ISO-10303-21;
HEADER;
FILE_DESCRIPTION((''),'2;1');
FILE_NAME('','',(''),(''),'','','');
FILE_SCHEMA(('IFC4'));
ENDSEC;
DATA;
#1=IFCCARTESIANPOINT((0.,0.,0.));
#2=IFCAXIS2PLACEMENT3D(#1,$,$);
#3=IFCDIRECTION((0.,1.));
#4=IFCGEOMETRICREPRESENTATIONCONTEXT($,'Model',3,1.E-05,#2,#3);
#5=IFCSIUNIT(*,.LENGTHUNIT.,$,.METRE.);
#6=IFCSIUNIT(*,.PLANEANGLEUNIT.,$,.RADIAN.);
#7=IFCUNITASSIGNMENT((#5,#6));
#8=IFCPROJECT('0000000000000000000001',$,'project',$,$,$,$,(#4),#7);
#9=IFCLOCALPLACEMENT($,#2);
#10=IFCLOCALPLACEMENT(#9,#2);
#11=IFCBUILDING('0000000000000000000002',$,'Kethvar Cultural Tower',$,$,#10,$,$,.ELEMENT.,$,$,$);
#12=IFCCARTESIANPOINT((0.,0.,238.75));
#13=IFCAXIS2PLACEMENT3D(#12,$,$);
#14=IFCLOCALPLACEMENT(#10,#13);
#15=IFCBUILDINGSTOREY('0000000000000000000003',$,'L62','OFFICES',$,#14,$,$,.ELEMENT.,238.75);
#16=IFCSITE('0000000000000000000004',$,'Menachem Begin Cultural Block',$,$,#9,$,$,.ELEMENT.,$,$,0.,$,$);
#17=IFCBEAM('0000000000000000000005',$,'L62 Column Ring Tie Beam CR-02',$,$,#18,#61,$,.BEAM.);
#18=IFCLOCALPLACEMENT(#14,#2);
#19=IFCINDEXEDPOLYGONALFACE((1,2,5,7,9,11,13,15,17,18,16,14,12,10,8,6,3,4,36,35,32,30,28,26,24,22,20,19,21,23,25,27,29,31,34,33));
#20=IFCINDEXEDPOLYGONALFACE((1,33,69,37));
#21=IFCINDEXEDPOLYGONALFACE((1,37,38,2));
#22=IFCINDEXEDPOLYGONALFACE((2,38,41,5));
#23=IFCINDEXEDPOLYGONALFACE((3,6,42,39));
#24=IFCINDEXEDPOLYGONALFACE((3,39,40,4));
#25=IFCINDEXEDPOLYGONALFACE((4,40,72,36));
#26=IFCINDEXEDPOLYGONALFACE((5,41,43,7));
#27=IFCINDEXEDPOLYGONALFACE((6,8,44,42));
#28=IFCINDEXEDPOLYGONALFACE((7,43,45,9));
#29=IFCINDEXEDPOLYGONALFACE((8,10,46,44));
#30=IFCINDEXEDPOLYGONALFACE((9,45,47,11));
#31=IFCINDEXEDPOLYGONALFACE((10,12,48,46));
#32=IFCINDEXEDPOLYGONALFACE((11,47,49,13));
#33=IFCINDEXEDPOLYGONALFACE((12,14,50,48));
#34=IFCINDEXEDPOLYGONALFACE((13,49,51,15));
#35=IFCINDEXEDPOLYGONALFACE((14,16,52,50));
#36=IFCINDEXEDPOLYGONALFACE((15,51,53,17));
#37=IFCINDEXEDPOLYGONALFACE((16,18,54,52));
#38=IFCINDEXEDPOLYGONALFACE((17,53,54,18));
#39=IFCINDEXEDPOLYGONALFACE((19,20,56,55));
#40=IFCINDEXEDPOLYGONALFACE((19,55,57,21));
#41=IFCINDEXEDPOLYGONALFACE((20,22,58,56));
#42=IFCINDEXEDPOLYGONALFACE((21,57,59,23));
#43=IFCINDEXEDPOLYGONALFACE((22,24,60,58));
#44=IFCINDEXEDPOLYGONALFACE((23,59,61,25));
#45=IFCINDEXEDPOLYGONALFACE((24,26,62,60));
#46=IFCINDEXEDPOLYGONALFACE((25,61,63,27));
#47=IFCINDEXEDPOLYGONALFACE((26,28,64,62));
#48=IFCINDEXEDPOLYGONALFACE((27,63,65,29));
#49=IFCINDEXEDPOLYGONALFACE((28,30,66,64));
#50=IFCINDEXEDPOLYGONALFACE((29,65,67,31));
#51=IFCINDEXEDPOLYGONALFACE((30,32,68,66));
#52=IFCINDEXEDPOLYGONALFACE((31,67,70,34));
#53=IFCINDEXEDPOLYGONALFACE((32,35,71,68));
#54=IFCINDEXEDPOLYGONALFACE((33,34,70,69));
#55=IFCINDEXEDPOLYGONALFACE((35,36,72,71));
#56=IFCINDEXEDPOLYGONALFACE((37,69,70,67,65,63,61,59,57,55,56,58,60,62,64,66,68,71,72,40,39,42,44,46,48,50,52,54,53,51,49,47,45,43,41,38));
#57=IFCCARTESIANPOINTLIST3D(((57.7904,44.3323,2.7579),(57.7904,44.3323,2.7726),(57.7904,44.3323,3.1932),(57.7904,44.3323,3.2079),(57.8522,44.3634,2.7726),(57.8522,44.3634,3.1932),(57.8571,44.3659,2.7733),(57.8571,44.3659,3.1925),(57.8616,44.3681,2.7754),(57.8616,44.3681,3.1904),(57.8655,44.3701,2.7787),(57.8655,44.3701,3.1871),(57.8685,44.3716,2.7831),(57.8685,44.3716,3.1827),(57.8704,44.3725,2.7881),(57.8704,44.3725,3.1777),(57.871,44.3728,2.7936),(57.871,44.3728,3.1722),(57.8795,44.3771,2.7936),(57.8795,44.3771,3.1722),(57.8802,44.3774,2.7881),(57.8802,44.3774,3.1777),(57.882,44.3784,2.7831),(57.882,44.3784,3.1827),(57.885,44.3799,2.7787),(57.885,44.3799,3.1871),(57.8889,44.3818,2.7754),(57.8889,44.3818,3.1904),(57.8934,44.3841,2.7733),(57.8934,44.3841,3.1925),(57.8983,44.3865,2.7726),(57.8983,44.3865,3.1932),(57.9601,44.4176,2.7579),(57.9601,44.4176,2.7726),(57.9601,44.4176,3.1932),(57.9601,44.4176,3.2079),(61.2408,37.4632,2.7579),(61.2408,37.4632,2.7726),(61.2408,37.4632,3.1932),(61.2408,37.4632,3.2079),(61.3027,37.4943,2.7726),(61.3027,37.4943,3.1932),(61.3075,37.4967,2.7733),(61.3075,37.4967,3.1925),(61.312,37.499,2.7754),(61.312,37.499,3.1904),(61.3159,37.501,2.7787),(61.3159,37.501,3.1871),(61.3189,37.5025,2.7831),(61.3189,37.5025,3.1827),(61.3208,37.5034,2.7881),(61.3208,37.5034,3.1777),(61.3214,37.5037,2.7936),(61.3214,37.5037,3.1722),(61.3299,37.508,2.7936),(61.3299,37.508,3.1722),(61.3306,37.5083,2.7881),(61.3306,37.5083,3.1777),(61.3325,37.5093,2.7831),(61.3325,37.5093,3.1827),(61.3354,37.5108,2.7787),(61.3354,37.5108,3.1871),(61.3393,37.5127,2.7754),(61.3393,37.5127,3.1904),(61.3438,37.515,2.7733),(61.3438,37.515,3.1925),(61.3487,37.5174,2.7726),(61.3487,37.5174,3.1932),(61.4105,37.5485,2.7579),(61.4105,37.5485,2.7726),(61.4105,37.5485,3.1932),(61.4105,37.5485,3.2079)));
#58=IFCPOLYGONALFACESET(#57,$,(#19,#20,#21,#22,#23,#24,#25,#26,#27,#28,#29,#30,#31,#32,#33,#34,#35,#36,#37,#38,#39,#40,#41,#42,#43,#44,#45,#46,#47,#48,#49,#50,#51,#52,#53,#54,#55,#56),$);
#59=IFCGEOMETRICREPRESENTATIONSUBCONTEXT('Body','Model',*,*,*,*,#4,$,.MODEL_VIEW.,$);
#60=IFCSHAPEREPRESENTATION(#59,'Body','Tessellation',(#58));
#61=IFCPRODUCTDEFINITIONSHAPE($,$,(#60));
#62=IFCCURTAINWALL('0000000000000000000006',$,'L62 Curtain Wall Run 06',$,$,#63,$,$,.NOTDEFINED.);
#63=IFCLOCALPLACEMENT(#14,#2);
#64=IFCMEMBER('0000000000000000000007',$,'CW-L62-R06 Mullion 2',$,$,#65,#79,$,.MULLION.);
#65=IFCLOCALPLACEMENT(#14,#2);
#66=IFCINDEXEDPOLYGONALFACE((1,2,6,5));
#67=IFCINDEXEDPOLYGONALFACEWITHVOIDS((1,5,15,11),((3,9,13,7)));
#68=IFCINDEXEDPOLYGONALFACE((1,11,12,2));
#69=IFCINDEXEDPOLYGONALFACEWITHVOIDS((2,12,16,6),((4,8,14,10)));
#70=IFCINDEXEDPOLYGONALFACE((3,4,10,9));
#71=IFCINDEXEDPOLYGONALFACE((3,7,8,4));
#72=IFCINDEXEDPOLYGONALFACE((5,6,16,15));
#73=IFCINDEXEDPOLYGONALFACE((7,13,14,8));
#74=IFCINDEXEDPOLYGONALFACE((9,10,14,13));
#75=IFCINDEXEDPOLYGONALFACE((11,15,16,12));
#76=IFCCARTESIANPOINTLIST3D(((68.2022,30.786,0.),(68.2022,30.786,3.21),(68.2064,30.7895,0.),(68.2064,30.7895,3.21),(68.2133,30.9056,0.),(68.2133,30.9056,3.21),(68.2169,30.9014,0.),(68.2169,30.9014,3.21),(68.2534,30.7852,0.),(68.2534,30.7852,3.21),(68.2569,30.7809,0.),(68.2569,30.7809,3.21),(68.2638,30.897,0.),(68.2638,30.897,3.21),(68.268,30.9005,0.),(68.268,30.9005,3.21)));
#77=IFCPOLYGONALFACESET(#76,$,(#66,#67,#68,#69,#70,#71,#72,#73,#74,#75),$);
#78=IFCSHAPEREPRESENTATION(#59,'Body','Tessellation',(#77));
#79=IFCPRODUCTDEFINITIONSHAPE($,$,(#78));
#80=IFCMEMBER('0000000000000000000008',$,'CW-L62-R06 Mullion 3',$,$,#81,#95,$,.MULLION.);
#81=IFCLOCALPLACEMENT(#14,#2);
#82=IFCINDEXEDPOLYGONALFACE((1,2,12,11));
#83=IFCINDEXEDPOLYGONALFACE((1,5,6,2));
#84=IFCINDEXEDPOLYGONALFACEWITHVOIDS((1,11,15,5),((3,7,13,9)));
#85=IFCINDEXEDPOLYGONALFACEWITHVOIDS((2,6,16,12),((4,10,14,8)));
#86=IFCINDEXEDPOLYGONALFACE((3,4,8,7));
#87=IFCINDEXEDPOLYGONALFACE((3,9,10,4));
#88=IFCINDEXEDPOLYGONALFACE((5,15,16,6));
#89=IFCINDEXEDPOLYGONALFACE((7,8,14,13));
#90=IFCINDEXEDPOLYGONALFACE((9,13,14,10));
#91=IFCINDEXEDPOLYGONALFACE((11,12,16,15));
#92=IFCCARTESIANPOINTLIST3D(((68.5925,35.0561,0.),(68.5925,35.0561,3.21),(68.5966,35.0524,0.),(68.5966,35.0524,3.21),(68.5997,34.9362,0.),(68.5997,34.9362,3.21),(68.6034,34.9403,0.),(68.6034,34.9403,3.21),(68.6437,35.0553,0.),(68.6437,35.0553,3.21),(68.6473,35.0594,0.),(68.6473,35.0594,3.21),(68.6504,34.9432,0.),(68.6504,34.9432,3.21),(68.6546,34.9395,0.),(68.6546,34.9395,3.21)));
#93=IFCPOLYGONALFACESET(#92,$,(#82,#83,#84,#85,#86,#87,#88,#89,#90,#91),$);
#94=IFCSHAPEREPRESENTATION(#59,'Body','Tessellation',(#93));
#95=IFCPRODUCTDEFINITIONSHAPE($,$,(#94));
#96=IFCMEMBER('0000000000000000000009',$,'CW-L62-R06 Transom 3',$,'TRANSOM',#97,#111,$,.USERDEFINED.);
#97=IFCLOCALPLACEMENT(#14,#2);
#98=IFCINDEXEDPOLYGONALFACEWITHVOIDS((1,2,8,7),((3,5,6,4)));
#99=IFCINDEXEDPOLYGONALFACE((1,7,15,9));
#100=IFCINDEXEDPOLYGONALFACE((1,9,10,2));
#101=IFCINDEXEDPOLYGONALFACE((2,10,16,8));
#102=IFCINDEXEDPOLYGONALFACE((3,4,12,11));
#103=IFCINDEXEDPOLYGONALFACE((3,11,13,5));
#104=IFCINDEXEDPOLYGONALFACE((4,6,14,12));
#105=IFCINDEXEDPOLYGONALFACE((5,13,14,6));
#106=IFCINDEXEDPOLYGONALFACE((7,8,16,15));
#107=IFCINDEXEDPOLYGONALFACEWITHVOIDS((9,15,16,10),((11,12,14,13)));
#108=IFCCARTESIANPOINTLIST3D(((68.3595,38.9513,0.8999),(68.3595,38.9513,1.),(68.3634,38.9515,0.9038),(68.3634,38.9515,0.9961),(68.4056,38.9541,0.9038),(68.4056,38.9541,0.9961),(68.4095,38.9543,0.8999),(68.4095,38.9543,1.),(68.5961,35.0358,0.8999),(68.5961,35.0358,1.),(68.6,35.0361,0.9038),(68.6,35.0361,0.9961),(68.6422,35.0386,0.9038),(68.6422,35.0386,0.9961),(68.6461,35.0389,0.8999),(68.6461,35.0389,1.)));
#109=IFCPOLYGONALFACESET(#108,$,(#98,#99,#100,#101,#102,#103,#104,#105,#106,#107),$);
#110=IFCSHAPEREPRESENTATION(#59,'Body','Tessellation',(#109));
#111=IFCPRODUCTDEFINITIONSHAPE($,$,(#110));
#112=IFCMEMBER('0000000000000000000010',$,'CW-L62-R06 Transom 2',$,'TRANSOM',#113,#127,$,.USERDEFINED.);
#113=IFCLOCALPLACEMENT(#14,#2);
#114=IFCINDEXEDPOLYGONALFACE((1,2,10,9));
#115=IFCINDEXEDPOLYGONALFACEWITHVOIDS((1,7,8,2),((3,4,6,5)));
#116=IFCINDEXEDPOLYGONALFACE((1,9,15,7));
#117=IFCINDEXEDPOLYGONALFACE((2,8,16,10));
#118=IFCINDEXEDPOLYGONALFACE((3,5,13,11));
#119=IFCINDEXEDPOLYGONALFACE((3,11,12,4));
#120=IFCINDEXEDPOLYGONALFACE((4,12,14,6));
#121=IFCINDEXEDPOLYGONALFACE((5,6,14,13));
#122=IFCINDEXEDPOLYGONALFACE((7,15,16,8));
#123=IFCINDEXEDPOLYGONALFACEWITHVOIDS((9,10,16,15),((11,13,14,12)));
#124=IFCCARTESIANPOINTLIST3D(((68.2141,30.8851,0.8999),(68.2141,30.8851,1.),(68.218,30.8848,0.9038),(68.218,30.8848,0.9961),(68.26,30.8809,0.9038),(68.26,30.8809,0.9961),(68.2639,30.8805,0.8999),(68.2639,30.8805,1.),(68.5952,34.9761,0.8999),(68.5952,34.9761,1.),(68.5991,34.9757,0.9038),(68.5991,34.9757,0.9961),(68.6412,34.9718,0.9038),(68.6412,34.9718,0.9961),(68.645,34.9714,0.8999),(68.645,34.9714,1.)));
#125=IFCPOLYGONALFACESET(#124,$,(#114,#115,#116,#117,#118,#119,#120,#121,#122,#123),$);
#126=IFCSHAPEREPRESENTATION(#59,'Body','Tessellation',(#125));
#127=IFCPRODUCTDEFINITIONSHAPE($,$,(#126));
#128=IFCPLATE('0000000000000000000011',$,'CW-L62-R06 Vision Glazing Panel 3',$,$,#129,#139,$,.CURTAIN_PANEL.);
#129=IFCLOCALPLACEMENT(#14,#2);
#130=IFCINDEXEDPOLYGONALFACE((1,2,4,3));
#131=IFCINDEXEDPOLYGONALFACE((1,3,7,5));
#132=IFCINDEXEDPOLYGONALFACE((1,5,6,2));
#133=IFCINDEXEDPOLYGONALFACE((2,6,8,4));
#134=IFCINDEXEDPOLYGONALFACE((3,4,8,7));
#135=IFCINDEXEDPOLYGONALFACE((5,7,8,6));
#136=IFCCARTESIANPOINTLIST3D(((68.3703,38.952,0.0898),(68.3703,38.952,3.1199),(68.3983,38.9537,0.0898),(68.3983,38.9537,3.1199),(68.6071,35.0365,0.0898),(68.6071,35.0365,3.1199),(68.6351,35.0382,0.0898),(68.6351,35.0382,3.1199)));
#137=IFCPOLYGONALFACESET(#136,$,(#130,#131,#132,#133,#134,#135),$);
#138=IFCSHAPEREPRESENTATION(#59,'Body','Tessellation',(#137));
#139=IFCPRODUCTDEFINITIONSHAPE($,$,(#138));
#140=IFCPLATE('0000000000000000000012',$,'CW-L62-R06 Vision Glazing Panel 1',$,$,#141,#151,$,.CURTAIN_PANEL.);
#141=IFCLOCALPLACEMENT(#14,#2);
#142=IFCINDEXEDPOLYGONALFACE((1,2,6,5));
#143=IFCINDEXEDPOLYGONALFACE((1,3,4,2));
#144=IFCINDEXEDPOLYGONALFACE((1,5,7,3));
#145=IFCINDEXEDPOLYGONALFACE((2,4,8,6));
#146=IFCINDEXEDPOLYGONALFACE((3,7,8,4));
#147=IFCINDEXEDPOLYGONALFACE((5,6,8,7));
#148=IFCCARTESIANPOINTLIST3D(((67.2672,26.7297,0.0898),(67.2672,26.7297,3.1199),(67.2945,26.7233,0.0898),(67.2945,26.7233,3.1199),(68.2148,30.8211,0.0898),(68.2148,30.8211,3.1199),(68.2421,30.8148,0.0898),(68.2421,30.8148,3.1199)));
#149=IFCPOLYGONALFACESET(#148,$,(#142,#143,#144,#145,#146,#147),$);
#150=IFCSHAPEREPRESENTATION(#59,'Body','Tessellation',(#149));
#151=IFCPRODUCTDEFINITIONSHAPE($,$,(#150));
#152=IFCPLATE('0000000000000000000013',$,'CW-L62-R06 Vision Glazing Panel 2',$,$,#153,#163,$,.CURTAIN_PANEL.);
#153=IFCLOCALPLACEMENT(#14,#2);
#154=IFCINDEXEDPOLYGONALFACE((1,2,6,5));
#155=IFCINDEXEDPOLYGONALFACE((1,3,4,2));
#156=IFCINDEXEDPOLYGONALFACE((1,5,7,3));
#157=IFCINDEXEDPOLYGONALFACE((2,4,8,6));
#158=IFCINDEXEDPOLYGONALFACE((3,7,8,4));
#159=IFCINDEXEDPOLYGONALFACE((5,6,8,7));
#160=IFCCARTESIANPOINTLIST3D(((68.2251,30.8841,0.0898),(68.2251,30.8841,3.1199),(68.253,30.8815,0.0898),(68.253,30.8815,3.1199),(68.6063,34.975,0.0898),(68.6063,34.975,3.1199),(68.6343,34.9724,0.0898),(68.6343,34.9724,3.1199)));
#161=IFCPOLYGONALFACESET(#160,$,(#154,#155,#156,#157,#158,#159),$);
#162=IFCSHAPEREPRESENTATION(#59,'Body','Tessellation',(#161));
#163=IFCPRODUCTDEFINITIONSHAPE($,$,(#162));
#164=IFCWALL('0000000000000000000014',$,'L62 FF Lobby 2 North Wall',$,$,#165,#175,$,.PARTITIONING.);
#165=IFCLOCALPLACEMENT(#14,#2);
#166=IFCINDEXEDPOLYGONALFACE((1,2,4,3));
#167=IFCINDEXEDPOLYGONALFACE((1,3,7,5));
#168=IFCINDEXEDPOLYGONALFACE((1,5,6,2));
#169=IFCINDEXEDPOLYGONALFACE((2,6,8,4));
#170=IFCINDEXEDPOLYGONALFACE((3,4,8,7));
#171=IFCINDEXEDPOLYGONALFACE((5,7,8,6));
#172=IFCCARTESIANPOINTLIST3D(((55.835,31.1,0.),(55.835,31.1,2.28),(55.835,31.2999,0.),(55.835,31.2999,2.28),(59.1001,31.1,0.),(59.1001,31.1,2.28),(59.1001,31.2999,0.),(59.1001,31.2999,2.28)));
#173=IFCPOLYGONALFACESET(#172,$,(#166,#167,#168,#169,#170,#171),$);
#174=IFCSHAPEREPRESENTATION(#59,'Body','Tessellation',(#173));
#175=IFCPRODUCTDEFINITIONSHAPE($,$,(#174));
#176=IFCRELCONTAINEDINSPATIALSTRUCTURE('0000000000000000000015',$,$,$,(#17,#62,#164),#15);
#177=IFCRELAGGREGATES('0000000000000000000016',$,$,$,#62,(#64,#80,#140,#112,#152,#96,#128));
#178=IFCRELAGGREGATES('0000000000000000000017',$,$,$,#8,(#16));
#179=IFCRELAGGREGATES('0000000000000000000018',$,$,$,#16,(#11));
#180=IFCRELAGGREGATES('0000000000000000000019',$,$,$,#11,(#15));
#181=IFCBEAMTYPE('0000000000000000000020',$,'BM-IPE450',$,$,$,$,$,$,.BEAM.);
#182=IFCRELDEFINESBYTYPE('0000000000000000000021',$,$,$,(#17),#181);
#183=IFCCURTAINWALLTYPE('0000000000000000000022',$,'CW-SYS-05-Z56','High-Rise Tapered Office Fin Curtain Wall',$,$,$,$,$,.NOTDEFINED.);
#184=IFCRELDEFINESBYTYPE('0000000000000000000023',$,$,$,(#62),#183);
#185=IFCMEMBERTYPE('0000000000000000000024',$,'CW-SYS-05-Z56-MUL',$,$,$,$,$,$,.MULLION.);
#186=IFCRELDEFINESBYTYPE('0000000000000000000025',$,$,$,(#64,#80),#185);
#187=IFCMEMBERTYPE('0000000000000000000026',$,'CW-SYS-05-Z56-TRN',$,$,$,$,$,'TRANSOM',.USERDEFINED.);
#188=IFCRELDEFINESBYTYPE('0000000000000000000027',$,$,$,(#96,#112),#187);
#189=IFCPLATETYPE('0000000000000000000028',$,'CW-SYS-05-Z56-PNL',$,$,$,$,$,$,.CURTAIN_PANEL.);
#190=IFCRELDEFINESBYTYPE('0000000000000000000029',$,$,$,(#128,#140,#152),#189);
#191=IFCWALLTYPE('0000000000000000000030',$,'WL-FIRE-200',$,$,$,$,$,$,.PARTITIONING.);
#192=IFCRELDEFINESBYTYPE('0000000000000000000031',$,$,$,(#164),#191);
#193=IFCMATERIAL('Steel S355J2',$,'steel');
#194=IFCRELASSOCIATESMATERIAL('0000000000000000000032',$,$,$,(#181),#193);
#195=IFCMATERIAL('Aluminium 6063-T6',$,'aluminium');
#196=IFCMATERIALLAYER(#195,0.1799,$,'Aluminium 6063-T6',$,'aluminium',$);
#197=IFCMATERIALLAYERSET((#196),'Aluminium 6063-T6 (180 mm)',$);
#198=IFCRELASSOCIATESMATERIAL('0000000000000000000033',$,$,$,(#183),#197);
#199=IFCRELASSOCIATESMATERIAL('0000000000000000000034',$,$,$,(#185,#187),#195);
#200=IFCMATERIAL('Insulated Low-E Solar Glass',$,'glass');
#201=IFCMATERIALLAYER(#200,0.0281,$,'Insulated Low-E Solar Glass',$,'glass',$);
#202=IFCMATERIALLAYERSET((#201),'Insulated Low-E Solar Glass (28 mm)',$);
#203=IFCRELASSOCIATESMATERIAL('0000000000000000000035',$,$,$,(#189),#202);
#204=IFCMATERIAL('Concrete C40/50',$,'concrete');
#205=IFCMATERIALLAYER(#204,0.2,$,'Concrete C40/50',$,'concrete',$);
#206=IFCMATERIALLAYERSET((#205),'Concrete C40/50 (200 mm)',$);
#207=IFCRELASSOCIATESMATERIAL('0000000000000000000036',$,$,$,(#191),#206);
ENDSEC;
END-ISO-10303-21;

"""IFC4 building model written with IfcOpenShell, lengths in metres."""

from ifc_helpers import new_model, si_unit, direction, frame, frame_2d, origin, origin_2d, place, context, subcontext, project, spatial, rectangle, hollow_rectangle, i_section, extrude, source, transform, mapped, material, layer, layer_set, material_profile, profile_set, type_object, element, aggregate, save


model = new_model("IFC4")

# Units and contexts
model_context = context("Model", 3, precision=1e-05, world=origin(), true_north=direction((0.0, 1.0)))
body_context = subcontext(model_context, "Body", "Model", "MODEL_VIEW")
ifc_project = project(units=[si_unit("LENGTHUNIT", "METRE"), si_unit("PLANEANGLEUNIT", "RADIAN")], contexts=[model_context])

# Site, building, storey
site_placement = place(None, origin())
site = spatial("IfcSite", under=ifc_project, at=site_placement, Name="Menachem Begin Cultural Block", CompositionType="ELEMENT", RefElevation=0.0)
building_placement = place(site_placement, origin())
building = spatial("IfcBuilding", under=site, at=building_placement, Name="Kethvar Cultural Tower", CompositionType="ELEMENT")
storey_placement = place(building_placement, frame((0.0, 0.0, 238.75)))
storey = spatial("IfcBuildingStorey", under=building, at=storey_placement, Name="L62", Description="OFFICES", CompositionType="ELEMENT", Elevation=238.75)

# Beam
ifc_material_1 = material(Name="Steel S355J2", Category="steel")
ifc_material_profile_1 = material_profile(ifc_material_1, i_section(OverallWidth=0.1899, OverallDepth=0.45, WebThickness=0.0095, FlangeThickness=0.0146, FilletRadius=0.021, at=origin_2d()), Name="Steel S355J2 — IPE450")
ifc_profile_set_1 = profile_set([ifc_material_profile_1], Name="Steel S355J2 — IPE450")
beam_type_1 = type_object("IfcBeamType", Name="BM-IPE450", PredefinedType="BEAM", material=ifc_profile_set_1)
shared_shape_1 = source(origin(), body_context, "Body", "SweptSolid", [
    extrude(i_section(OverallWidth=0.1899, OverallDepth=0.45, WebThickness=0.0095, FlangeThickness=0.0146, FilletRadius=0.021, at=origin_2d()), origin(), (0.0, 0.0, 1.0), 7.687),
])
beam_1_placement = place(storey_placement, frame((61.3257, 37.5059, 2.9829), z_axis=(-0.448864, 0.8936, 0.0), x_axis=(-0.8936, -0.448864, 0.0)))
element("IfcBeam", 1, at=beam_1_placement, inside=storey, type_object=beam_type_1, Name="L62 Column Ring Tie Beam CR-02", PredefinedType="BEAM", context=body_context, shape_type="MappedRepresentation", body=[
    mapped(shared_shape_1, transform((0.0, 0.0, 0.0), scale=1.0)),
])

# Curtain wall, members, plates
ifc_material_2 = material(Name="Aluminium 6063-T6", Category="aluminium")
ifc_layer_1 = layer(ifc_material_2, 0.1799, Name="Aluminium 6063-T6", Category="aluminium")
ifc_layer_set_1 = layer_set([ifc_layer_1], Name="Aluminium 6063-T6 (180 mm)")
curtain_wall_type = type_object("IfcCurtainWallType", Name="CW-SYS-05-Z56", Description="High-Rise Tapered Office Fin Curtain Wall", PredefinedType="NOTDEFINED", material=ifc_layer_set_1)
curtain_wall_placement = place(storey_placement, origin())
curtain_wall = element("IfcCurtainWall", 2, at=curtain_wall_placement, inside=storey, type_object=curtain_wall_type, Name="L62 Curtain Wall Run 06", PredefinedType="NOTDEFINED")
ifc_material_profile_2 = material_profile(ifc_material_2, hollow_rectangle(XDim=0.0549, YDim=0.1201, WallThickness=0.0039, at=origin_2d()), Name="Aluminium 6063-T6 — RHS120x55x4")
ifc_profile_set_2 = profile_set([ifc_material_profile_2], Name="Aluminium 6063-T6 — RHS120x55x4")
member_type_1 = type_object("IfcMemberType", Name="CW-SYS-05-Z56-MUL", PredefinedType="MULLION", material=ifc_profile_set_2)
shared_shape_2 = source(origin(), body_context, "Body", "SweptSolid", [
    extrude(hollow_rectangle(XDim=0.0549, YDim=0.1201, WallThickness=0.0039, at=origin_2d()), origin(), (0.0, 0.0, 1.0), 3.21),
])
member_1_placement = place(storey_placement, frame((68.2351, 30.8433, 0.0), z_axis=(0.0, 0.0, 1.0), x_axis=(-0.995686, 0.092788, 0.0)))
member_1 = element("IfcMember", 3, at=member_1_placement, type_object=member_type_1, Name="CW-L62-R06 Mullion 2", PredefinedType="MULLION", context=body_context, shape_type="MappedRepresentation", body=[
    mapped(shared_shape_2, transform((0.0, 0.0, 0.0), scale=1.0)),
])
member_2_placement = place(storey_placement, frame((68.6235, 34.9978, 0.0), z_axis=(0.0, 0.0, 1.0), x_axis=(-0.998176, -0.060369, 0.0)))
member_2 = element("IfcMember", 4, at=member_2_placement, type_object=member_type_1, Name="CW-L62-R06 Mullion 3", PredefinedType="MULLION", context=body_context, shape_type="MappedRepresentation", body=[
    mapped(shared_shape_2, transform((0.0, 0.0, 0.0), scale=1.0)),
])
ifc_material_profile_3 = material_profile(ifc_material_2, hollow_rectangle(XDim=0.05, YDim=0.1001, WallThickness=0.0039, at=origin_2d()), Name="Aluminium 6063-T6 — RHS100x50x4")
ifc_profile_set_3 = profile_set([ifc_material_profile_3], Name="Aluminium 6063-T6 — RHS100x50x4")
member_type_2 = type_object("IfcMemberType", Name="CW-SYS-05-Z56-TRN", ElementType="TRANSOM", PredefinedType="USERDEFINED", material=ifc_profile_set_3)
shared_shape_3 = source(origin(), body_context, "Body", "SweptSolid", [
    extrude(hollow_rectangle(XDim=0.05, YDim=0.1001, WallThickness=0.0039, at=origin_2d()), origin(), (0.0, 0.0, 1.0), 3.9226),
])
member_3_placement = place(storey_placement, frame((68.6211, 35.0374, 0.95), z_axis=(-0.060309, 0.99818, 0.0), x_axis=(-0.99818, -0.060309, 0.0)))
member_3 = element("IfcMember", 5, at=member_3_placement, type_object=member_type_2, Name="CW-L62-R06 Transom 3", ObjectType="TRANSOM", PredefinedType="USERDEFINED", context=body_context, shape_type="MappedRepresentation", body=[
    mapped(shared_shape_3, transform((0.0, 0.0, 0.0), scale=1.0)),
])
shared_shape_4 = source(origin(), body_context, "Body", "SweptSolid", [
    extrude(hollow_rectangle(XDim=0.05, YDim=0.1001, WallThickness=0.0039, at=origin_2d()), origin(), (0.0, 0.0, 1.0), 4.1086),
])
member_4_placement = place(storey_placement, frame((68.239, 30.8828, 0.95), z_axis=(0.092759, 0.995689, 0.0), x_axis=(-0.995689, 0.092759, 0.0)))
member_4 = element("IfcMember", 6, at=member_4_placement, type_object=member_type_2, Name="CW-L62-R06 Transom 2", ObjectType="TRANSOM", PredefinedType="USERDEFINED", context=body_context, shape_type="MappedRepresentation", body=[
    mapped(shared_shape_4, transform((0.0, 0.0, 0.0), scale=1.0)),
])
ifc_material_3 = material(Name="Insulated Low-E Solar Glass", Category="glass")
ifc_layer_2 = layer(ifc_material_3, 0.0281, Name="Insulated Low-E Solar Glass", Category="glass")
ifc_layer_set_2 = layer_set([ifc_layer_2], Name="Insulated Low-E Solar Glass (28 mm)")
plate_type = type_object("IfcPlateType", Name="CW-SYS-05-Z56-PNL", PredefinedType="CURTAIN_PANEL", material=ifc_layer_set_2)
shared_shape_5 = source(origin(), body_context, "Body", "SweptSolid", [
    extrude(rectangle(XDim=3.9226, YDim=0.0281, at=origin_2d()), origin(), (0.0, 0.0, 1.0), 3.03),
])
plate_1_placement = place(storey_placement, frame((68.5027, 36.9951, 0.0898), z_axis=(0.0, 0.0, 1.0), x_axis=(-0.060369, 0.998176, 0.0)))
plate_1 = element("IfcPlate", 7, at=plate_1_placement, type_object=plate_type, Name="CW-L62-R06 Vision Glazing Panel 3", PredefinedType="CURTAIN_PANEL", context=body_context, shape_type="MappedRepresentation", body=[
    mapped(shared_shape_5, transform((0.0, 0.0, 0.0), scale=1.0)),
])
shared_shape_6 = source(origin(), body_context, "Body", "SweptSolid", [
    extrude(rectangle(XDim=4.1997, YDim=0.0281, at=origin_2d()), origin(), (0.0, 0.0, 1.0), 3.03),
])
plate_2_placement = place(storey_placement, frame((67.7546, 28.7722, 0.0898), z_axis=(0.0, 0.0, 1.0), x_axis=(0.225631, 0.974213, 0.0)))
plate_2 = element("IfcPlate", 8, at=plate_2_placement, type_object=plate_type, Name="CW-L62-R06 Vision Glazing Panel 1", PredefinedType="CURTAIN_PANEL", context=body_context, shape_type="MappedRepresentation", body=[
    mapped(shared_shape_6, transform((0.0, 0.0, 0.0), scale=1.0)),
])
shared_shape_7 = source(origin(), body_context, "Body", "SweptSolid", [
    extrude(rectangle(XDim=4.1086, YDim=0.0281, at=origin_2d()), origin(), (0.0, 0.0, 1.0), 3.03),
])
plate_3_placement = place(storey_placement, frame((68.4297, 32.9282, 0.0898), z_axis=(0.0, 0.0, 1.0), x_axis=(0.092788, 0.995686, 0.0)))
plate_3 = element("IfcPlate", 9, at=plate_3_placement, type_object=plate_type, Name="CW-L62-R06 Vision Glazing Panel 2", PredefinedType="CURTAIN_PANEL", context=body_context, shape_type="MappedRepresentation", body=[
    mapped(shared_shape_7, transform((0.0, 0.0, 0.0), scale=1.0)),
])
aggregate(curtain_wall, [member_1, member_2, plate_2, member_4, plate_3, member_3, plate_1])

# Wall
ifc_material_4 = material(Name="Concrete C40/50", Category="concrete")
ifc_layer_3 = layer(ifc_material_4, 0.2, Name="Concrete C40/50", Category="concrete")
ifc_layer_set_3 = layer_set([ifc_layer_3], Name="Concrete C40/50 (200 mm)")
wall_type_1 = type_object("IfcWallType", Name="WL-FIRE-200", PredefinedType="PARTITIONING", material=ifc_layer_set_3)
wall_1_placement = place(storey_placement, frame((55.835, 31.2, 0.0), z_axis=(0.0, 0.0, 1.0), x_axis=(1.0, 0.0, 0.0)))
element("IfcWall", 10, at=wall_1_placement, inside=storey, type_object=wall_type_1, Name="L62 FF Lobby 2 North Wall", PredefinedType="PARTITIONING", context=body_context, shape_type="SweptSolid", body=[
    extrude(rectangle(XDim=3.2651, YDim=0.2, at=frame_2d((1.6326, 0.0))), origin(), (0.0, 0.0, 1.0), 2.28),
])

save(model, "model.ifc")
